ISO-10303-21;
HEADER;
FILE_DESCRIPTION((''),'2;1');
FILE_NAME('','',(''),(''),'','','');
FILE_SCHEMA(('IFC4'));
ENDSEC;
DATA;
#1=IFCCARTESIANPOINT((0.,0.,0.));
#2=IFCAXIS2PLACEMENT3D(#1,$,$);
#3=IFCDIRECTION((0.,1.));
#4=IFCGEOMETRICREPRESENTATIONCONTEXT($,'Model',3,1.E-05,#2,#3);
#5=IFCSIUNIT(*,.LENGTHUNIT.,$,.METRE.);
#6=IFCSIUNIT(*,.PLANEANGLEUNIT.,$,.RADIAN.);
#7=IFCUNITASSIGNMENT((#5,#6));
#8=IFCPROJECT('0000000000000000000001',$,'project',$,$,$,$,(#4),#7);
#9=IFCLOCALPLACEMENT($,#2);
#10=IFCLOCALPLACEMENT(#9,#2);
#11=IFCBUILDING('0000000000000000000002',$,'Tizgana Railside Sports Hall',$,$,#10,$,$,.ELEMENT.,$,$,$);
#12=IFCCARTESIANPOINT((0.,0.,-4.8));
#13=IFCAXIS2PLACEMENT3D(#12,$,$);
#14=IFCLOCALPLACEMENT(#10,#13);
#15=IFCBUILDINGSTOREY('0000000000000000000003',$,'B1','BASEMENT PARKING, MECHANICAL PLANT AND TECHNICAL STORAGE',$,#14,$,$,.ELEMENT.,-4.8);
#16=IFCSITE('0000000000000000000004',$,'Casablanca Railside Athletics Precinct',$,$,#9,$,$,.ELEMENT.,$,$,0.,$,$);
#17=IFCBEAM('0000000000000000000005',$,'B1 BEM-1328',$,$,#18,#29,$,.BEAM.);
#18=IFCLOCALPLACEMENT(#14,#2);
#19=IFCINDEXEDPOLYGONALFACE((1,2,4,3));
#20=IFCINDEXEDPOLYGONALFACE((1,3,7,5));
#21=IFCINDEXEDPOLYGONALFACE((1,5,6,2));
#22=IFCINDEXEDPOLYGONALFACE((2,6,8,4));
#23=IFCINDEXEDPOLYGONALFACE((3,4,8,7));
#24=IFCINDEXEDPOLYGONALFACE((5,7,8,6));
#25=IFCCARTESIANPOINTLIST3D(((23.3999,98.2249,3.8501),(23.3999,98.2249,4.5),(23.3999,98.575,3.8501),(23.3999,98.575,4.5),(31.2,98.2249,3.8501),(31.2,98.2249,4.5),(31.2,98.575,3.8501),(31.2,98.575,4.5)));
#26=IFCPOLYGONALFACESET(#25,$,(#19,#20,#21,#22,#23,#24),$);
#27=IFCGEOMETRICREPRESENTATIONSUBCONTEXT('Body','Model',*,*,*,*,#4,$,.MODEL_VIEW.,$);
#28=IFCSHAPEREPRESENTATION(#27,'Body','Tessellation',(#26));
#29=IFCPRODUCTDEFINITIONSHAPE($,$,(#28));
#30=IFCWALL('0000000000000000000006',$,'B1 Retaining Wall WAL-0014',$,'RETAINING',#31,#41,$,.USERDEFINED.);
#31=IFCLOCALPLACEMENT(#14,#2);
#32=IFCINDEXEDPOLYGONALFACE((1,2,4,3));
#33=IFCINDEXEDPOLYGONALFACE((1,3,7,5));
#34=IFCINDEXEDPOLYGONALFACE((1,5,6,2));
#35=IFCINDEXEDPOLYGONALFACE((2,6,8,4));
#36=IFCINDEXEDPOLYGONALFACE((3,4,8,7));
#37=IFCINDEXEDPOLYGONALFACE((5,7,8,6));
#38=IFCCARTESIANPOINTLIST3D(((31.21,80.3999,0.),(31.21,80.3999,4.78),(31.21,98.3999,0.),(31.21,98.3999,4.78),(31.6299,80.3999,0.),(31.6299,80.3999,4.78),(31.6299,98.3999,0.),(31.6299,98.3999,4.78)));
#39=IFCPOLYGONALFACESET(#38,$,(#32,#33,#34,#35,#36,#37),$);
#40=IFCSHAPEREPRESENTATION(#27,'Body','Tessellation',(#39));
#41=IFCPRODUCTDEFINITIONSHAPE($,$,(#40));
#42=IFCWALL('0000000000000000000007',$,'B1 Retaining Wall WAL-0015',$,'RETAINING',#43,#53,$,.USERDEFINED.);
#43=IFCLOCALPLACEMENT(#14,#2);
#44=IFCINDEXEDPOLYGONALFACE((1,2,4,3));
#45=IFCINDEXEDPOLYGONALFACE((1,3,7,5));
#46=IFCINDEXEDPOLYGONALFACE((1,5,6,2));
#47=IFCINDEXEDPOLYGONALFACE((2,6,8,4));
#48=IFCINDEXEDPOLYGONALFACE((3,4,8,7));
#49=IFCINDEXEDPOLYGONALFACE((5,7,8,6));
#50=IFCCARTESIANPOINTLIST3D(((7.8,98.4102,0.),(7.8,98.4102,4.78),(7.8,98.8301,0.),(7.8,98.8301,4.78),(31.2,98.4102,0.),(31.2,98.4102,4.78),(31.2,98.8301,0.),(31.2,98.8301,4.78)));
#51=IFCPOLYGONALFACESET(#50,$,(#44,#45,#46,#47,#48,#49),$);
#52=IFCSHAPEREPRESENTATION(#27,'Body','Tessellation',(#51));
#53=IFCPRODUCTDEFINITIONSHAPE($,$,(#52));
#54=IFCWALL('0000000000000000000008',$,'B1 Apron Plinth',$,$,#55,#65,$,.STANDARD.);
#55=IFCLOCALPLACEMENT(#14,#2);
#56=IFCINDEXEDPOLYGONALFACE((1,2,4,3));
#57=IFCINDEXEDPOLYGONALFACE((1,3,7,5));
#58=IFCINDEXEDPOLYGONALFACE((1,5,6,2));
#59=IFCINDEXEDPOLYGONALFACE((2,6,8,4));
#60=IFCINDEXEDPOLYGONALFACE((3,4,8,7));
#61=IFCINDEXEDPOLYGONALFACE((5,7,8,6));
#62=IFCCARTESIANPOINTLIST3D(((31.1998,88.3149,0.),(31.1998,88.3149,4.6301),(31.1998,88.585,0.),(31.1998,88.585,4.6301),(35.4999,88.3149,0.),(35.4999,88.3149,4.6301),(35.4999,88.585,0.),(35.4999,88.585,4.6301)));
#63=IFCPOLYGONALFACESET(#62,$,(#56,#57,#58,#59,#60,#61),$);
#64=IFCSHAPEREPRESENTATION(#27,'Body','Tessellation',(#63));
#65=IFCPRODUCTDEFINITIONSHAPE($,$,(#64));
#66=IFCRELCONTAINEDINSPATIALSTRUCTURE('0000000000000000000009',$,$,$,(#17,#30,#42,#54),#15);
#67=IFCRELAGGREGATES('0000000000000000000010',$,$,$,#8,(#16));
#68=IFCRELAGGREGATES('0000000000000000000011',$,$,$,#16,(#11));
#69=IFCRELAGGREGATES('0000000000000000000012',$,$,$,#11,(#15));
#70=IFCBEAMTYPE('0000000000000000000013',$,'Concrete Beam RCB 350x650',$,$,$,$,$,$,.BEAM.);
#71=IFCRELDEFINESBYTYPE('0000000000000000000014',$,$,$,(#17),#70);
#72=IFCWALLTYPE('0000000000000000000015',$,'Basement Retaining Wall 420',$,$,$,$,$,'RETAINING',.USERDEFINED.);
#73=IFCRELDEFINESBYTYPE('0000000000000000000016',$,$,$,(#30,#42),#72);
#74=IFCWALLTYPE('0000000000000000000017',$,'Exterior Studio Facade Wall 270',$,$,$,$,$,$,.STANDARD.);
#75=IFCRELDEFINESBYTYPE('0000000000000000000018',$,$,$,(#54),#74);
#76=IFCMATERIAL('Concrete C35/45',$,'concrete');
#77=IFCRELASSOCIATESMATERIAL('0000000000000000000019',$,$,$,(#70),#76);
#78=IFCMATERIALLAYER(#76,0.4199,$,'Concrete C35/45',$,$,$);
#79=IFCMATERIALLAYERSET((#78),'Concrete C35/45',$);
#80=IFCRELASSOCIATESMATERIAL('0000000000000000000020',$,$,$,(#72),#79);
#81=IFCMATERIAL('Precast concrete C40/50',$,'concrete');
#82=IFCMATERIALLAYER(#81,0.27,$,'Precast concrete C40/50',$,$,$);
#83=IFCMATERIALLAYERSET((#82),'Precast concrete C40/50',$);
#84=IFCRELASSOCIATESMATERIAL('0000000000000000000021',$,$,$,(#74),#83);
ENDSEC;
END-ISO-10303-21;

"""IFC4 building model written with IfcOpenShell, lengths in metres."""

from ifc_helpers import new_model, si_unit, direction, frame, frame_2d, origin, origin_2d, place, context, subcontext, project, spatial, rectangle, extrude, material, layer, layer_set, material_profile, profile_set, type_object, element, save


model = new_model("IFC4")

# Units and contexts
model_context = context("Model", 3, precision=1e-05, world=origin(), true_north=direction((0.0, 1.0)))
body_context = subcontext(model_context, "Body", "Model", "MODEL_VIEW")
ifc_project = project(units=[si_unit("LENGTHUNIT", "METRE"), si_unit("PLANEANGLEUNIT", "RADIAN")], contexts=[model_context])

# Site, building, storey
site_placement = place(None, origin())
site = spatial("IfcSite", under=ifc_project, at=site_placement, Name="Casablanca Railside Athletics Precinct", CompositionType="ELEMENT", RefElevation=0.0)
building_placement = place(site_placement, origin())
building = spatial("IfcBuilding", under=site, at=building_placement, Name="Tizgana Railside Sports Hall", CompositionType="ELEMENT")
storey_placement = place(building_placement, frame((0.0, 0.0, -4.8)))
storey = spatial("IfcBuildingStorey", under=building, at=storey_placement, Name="B1", Description="BASEMENT PARKING, MECHANICAL PLANT AND TECHNICAL STORAGE", CompositionType="ELEMENT", Elevation=-4.8)

# Shared definitions
ifc_material_1 = material(Name="Concrete C35/45", Category="concrete")

# Beam
ifc_material_profile_1 = material_profile(ifc_material_1, rectangle(XDim=0.3501, YDim=0.6499, at=origin_2d()), Name="RCB 350x650")
ifc_profile_set_1 = profile_set([ifc_material_profile_1], Name="Concrete C35/45")
beam_type = type_object("IfcBeamType", Name="Concrete Beam RCB 350x650", PredefinedType="BEAM", material=ifc_profile_set_1)
for number, where, z_axis, x_axis, name in (
    (1, (23.3999, 98.3999, 4.175), (1.0, 0.0, 0.0), (0.0, 1.0, 0.0), "B1 BEM-1328"),
):
    element("IfcBeam", number, at=place(storey_placement, frame(where, z_axis=z_axis, x_axis=x_axis)), inside=storey, type_object=beam_type, Name=name, PredefinedType="BEAM", context=body_context, shape_type="SweptSolid", body=[
        extrude(rectangle(XDim=0.3501, YDim=0.6499, at=origin_2d()), origin(), (0.0, 0.0, 1.0), 7.8),
    ])

# Walls
ifc_layer_1 = layer(ifc_material_1, 0.4199, Name="Concrete C35/45")
ifc_layer_set_1 = layer_set([ifc_layer_1], Name="Concrete C35/45")
wall_type_1 = type_object("IfcWallType", Name="Basement Retaining Wall 420", ElementType="RETAINING", PredefinedType="USERDEFINED", material=ifc_layer_set_1)
wall_1_placement = place(storey_placement, frame((31.4199, 80.3999, 0.0), z_axis=(0.0, 0.0, 1.0), x_axis=(0.0, 1.0, 0.0)))
element("IfcWall", 2, at=wall_1_placement, inside=storey, type_object=wall_type_1, Name="B1 Retaining Wall WAL-0014", ObjectType="RETAINING", PredefinedType="USERDEFINED", context=body_context, shape_type="SweptSolid", body=[
    extrude(rectangle(XDim=18.0, YDim=0.4199, at=frame_2d((9.0, 0.0))), origin(), (0.0, 0.0, 1.0), 4.78),
])
wall_2_placement = place(storey_placement, frame((31.2, 98.6201, 0.0), z_axis=(0.0, 0.0, 1.0), x_axis=(-1.0, 0.0, 0.0)))
element("IfcWall", 3, at=wall_2_placement, inside=storey, type_object=wall_type_1, Name="B1 Retaining Wall WAL-0015", ObjectType="RETAINING", PredefinedType="USERDEFINED", context=body_context, shape_type="SweptSolid", body=[
    extrude(rectangle(XDim=23.3999, YDim=0.4199, at=frame_2d((11.7, 0.0))), origin(), (0.0, 0.0, 1.0), 4.78),
])
ifc_material_2 = material(Name="Precast concrete C40/50", Category="concrete")
ifc_layer_2 = layer(ifc_material_2, 0.27, Name="Precast concrete C40/50")
ifc_layer_set_2 = layer_set([ifc_layer_2], Name="Precast concrete C40/50")
wall_type_2 = type_object("IfcWallType", Name="Exterior Studio Facade Wall 270", PredefinedType="STANDARD", material=ifc_layer_set_2)
wall_3_placement = place(storey_placement, frame((31.2, 88.45, 0.0), z_axis=(0.0, 0.0, 1.0), x_axis=(1.0, 0.0, 0.0)))
element("IfcWall", 4, at=wall_3_placement, inside=storey, type_object=wall_type_2, Name="B1 Apron Plinth", PredefinedType="STANDARD", context=body_context, shape_type="SweptSolid", body=[
    extrude(rectangle(XDim=4.3, YDim=0.27, at=frame_2d((2.1499, 0.0))), origin(), (0.0, 0.0, 1.0), 4.6301),
])

save(model, "model.ifc")
